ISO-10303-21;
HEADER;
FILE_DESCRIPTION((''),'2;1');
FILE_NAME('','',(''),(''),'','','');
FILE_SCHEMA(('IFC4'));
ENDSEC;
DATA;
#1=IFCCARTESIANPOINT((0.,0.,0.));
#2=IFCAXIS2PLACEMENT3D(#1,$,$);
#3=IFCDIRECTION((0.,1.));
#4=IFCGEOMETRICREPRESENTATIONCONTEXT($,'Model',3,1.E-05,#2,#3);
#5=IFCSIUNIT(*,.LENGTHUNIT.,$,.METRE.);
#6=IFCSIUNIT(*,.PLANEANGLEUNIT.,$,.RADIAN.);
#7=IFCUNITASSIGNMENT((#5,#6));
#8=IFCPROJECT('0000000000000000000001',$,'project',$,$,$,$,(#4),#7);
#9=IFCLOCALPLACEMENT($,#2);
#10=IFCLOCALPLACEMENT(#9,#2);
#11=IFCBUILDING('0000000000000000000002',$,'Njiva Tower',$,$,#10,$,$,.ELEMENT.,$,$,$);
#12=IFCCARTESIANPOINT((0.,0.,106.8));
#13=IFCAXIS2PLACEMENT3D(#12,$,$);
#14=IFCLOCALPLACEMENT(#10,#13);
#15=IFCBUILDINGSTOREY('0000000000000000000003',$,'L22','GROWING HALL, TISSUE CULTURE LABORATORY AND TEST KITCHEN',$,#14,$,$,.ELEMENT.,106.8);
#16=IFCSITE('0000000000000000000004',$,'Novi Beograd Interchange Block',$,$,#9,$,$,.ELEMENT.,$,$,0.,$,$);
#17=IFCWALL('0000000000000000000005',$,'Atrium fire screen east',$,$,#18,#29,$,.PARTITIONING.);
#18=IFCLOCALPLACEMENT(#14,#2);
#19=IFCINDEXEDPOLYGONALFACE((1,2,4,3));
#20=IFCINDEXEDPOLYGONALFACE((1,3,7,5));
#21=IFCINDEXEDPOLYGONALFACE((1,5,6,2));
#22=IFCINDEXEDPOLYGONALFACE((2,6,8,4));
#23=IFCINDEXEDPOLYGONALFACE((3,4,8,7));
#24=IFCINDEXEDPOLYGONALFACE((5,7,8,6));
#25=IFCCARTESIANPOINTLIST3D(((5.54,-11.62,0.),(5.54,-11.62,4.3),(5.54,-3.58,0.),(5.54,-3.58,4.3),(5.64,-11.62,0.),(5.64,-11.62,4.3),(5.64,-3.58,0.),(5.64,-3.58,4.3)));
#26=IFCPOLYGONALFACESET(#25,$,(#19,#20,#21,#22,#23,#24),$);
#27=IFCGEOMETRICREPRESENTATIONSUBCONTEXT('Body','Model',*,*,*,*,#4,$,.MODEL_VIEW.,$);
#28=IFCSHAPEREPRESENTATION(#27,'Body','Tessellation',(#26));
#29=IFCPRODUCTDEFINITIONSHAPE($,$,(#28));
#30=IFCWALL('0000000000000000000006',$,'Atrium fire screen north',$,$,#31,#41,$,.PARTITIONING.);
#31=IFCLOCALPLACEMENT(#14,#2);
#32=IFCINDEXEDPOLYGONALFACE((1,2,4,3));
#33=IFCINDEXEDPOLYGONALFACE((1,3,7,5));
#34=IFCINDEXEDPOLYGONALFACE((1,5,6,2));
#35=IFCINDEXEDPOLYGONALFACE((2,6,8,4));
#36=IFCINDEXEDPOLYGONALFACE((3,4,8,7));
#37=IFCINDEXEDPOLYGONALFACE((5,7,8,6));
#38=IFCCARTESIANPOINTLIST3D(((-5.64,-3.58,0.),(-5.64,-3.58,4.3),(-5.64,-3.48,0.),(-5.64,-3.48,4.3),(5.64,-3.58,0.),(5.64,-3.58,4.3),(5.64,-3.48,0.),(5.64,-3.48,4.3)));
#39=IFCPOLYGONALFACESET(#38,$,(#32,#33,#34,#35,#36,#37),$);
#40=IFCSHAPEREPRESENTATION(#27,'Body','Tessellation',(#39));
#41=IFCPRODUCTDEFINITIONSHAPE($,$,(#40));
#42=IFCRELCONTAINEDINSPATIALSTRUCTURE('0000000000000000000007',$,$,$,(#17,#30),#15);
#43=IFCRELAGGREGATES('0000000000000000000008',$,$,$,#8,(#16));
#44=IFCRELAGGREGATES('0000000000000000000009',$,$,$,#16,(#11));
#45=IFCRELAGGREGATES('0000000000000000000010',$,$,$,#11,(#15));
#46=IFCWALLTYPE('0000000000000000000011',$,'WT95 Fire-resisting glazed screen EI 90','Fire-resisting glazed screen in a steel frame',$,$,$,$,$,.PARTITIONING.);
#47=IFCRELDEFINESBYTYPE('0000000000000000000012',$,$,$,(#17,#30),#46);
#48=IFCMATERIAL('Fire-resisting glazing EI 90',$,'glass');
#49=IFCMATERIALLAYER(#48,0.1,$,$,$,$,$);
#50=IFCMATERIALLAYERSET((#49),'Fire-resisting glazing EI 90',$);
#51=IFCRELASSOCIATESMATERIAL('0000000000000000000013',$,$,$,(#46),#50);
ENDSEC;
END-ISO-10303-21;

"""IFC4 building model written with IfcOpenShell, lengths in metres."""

from ifc_helpers import new_model, si_unit, direction, frame, frame_2d, origin, place, context, subcontext, project, spatial, rectangle, extrude, material, layer, layer_set, type_object, element, save


model = new_model("IFC4")

# Units and contexts
model_context = context("Model", 3, precision=1e-05, world=origin(), true_north=direction((0.0, 1.0)))
body_context = subcontext(model_context, "Body", "Model", "MODEL_VIEW")
ifc_project = project(units=[si_unit("LENGTHUNIT", "METRE"), si_unit("PLANEANGLEUNIT", "RADIAN")], contexts=[model_context])

# Site, building, storey
site_placement = place(None, origin())
site = spatial("IfcSite", under=ifc_project, at=site_placement, Name="Novi Beograd Interchange Block", CompositionType="ELEMENT", RefElevation=0.0)
building_placement = place(site_placement, origin())
building = spatial("IfcBuilding", under=site, at=building_placement, Name="Njiva Tower", CompositionType="ELEMENT")
storey_placement = place(building_placement, frame((0.0, 0.0, 106.8)))
storey = spatial("IfcBuildingStorey", under=building, at=storey_placement, Name="L22", Description="GROWING HALL, TISSUE CULTURE LABORATORY AND TEST KITCHEN", CompositionType="ELEMENT", Elevation=106.8)

# Walls
ifc_material_1 = material(Name="Fire-resisting glazing EI 90", Category="glass")
ifc_layer_1 = layer(ifc_material_1, 0.1)
ifc_layer_set_1 = layer_set([ifc_layer_1], Name="Fire-resisting glazing EI 90")
wall_type_1 = type_object("IfcWallType", Name="WT95 Fire-resisting glazed screen EI 90", Description="Fire-resisting glazed screen in a steel frame", PredefinedType="PARTITIONING", material=ifc_layer_set_1)
wall_1_placement = place(storey_placement, frame((5.59, -11.62, 0.0), z_axis=(0.0, 0.0, 1.0), x_axis=(0.0, 1.0, 0.0)))
element("IfcWall", 1, at=wall_1_placement, inside=storey, type_object=wall_type_1, Name="Atrium fire screen east", PredefinedType="PARTITIONING", context=body_context, shape_type="SweptSolid", body=[
    extrude(rectangle(XDim=8.04, YDim=0.1, at=frame_2d((4.02, 0.0))), origin(), (0.0, 0.0, 1.0), 4.3),
])
wall_2_placement = place(storey_placement, frame((5.64, -3.53, 0.0), z_axis=(0.0, 0.0, 1.0), x_axis=(-1.0, 0.0, 0.0)))
element("IfcWall", 2, at=wall_2_placement, inside=storey, type_object=wall_type_1, Name="Atrium fire screen north", PredefinedType="PARTITIONING", context=body_context, shape_type="SweptSolid", body=[
    extrude(rectangle(XDim=11.28, YDim=0.1, at=frame_2d((5.64, 0.0))), origin(), (0.0, 0.0, 1.0), 4.3),
])

save(model, "model.ifc")
